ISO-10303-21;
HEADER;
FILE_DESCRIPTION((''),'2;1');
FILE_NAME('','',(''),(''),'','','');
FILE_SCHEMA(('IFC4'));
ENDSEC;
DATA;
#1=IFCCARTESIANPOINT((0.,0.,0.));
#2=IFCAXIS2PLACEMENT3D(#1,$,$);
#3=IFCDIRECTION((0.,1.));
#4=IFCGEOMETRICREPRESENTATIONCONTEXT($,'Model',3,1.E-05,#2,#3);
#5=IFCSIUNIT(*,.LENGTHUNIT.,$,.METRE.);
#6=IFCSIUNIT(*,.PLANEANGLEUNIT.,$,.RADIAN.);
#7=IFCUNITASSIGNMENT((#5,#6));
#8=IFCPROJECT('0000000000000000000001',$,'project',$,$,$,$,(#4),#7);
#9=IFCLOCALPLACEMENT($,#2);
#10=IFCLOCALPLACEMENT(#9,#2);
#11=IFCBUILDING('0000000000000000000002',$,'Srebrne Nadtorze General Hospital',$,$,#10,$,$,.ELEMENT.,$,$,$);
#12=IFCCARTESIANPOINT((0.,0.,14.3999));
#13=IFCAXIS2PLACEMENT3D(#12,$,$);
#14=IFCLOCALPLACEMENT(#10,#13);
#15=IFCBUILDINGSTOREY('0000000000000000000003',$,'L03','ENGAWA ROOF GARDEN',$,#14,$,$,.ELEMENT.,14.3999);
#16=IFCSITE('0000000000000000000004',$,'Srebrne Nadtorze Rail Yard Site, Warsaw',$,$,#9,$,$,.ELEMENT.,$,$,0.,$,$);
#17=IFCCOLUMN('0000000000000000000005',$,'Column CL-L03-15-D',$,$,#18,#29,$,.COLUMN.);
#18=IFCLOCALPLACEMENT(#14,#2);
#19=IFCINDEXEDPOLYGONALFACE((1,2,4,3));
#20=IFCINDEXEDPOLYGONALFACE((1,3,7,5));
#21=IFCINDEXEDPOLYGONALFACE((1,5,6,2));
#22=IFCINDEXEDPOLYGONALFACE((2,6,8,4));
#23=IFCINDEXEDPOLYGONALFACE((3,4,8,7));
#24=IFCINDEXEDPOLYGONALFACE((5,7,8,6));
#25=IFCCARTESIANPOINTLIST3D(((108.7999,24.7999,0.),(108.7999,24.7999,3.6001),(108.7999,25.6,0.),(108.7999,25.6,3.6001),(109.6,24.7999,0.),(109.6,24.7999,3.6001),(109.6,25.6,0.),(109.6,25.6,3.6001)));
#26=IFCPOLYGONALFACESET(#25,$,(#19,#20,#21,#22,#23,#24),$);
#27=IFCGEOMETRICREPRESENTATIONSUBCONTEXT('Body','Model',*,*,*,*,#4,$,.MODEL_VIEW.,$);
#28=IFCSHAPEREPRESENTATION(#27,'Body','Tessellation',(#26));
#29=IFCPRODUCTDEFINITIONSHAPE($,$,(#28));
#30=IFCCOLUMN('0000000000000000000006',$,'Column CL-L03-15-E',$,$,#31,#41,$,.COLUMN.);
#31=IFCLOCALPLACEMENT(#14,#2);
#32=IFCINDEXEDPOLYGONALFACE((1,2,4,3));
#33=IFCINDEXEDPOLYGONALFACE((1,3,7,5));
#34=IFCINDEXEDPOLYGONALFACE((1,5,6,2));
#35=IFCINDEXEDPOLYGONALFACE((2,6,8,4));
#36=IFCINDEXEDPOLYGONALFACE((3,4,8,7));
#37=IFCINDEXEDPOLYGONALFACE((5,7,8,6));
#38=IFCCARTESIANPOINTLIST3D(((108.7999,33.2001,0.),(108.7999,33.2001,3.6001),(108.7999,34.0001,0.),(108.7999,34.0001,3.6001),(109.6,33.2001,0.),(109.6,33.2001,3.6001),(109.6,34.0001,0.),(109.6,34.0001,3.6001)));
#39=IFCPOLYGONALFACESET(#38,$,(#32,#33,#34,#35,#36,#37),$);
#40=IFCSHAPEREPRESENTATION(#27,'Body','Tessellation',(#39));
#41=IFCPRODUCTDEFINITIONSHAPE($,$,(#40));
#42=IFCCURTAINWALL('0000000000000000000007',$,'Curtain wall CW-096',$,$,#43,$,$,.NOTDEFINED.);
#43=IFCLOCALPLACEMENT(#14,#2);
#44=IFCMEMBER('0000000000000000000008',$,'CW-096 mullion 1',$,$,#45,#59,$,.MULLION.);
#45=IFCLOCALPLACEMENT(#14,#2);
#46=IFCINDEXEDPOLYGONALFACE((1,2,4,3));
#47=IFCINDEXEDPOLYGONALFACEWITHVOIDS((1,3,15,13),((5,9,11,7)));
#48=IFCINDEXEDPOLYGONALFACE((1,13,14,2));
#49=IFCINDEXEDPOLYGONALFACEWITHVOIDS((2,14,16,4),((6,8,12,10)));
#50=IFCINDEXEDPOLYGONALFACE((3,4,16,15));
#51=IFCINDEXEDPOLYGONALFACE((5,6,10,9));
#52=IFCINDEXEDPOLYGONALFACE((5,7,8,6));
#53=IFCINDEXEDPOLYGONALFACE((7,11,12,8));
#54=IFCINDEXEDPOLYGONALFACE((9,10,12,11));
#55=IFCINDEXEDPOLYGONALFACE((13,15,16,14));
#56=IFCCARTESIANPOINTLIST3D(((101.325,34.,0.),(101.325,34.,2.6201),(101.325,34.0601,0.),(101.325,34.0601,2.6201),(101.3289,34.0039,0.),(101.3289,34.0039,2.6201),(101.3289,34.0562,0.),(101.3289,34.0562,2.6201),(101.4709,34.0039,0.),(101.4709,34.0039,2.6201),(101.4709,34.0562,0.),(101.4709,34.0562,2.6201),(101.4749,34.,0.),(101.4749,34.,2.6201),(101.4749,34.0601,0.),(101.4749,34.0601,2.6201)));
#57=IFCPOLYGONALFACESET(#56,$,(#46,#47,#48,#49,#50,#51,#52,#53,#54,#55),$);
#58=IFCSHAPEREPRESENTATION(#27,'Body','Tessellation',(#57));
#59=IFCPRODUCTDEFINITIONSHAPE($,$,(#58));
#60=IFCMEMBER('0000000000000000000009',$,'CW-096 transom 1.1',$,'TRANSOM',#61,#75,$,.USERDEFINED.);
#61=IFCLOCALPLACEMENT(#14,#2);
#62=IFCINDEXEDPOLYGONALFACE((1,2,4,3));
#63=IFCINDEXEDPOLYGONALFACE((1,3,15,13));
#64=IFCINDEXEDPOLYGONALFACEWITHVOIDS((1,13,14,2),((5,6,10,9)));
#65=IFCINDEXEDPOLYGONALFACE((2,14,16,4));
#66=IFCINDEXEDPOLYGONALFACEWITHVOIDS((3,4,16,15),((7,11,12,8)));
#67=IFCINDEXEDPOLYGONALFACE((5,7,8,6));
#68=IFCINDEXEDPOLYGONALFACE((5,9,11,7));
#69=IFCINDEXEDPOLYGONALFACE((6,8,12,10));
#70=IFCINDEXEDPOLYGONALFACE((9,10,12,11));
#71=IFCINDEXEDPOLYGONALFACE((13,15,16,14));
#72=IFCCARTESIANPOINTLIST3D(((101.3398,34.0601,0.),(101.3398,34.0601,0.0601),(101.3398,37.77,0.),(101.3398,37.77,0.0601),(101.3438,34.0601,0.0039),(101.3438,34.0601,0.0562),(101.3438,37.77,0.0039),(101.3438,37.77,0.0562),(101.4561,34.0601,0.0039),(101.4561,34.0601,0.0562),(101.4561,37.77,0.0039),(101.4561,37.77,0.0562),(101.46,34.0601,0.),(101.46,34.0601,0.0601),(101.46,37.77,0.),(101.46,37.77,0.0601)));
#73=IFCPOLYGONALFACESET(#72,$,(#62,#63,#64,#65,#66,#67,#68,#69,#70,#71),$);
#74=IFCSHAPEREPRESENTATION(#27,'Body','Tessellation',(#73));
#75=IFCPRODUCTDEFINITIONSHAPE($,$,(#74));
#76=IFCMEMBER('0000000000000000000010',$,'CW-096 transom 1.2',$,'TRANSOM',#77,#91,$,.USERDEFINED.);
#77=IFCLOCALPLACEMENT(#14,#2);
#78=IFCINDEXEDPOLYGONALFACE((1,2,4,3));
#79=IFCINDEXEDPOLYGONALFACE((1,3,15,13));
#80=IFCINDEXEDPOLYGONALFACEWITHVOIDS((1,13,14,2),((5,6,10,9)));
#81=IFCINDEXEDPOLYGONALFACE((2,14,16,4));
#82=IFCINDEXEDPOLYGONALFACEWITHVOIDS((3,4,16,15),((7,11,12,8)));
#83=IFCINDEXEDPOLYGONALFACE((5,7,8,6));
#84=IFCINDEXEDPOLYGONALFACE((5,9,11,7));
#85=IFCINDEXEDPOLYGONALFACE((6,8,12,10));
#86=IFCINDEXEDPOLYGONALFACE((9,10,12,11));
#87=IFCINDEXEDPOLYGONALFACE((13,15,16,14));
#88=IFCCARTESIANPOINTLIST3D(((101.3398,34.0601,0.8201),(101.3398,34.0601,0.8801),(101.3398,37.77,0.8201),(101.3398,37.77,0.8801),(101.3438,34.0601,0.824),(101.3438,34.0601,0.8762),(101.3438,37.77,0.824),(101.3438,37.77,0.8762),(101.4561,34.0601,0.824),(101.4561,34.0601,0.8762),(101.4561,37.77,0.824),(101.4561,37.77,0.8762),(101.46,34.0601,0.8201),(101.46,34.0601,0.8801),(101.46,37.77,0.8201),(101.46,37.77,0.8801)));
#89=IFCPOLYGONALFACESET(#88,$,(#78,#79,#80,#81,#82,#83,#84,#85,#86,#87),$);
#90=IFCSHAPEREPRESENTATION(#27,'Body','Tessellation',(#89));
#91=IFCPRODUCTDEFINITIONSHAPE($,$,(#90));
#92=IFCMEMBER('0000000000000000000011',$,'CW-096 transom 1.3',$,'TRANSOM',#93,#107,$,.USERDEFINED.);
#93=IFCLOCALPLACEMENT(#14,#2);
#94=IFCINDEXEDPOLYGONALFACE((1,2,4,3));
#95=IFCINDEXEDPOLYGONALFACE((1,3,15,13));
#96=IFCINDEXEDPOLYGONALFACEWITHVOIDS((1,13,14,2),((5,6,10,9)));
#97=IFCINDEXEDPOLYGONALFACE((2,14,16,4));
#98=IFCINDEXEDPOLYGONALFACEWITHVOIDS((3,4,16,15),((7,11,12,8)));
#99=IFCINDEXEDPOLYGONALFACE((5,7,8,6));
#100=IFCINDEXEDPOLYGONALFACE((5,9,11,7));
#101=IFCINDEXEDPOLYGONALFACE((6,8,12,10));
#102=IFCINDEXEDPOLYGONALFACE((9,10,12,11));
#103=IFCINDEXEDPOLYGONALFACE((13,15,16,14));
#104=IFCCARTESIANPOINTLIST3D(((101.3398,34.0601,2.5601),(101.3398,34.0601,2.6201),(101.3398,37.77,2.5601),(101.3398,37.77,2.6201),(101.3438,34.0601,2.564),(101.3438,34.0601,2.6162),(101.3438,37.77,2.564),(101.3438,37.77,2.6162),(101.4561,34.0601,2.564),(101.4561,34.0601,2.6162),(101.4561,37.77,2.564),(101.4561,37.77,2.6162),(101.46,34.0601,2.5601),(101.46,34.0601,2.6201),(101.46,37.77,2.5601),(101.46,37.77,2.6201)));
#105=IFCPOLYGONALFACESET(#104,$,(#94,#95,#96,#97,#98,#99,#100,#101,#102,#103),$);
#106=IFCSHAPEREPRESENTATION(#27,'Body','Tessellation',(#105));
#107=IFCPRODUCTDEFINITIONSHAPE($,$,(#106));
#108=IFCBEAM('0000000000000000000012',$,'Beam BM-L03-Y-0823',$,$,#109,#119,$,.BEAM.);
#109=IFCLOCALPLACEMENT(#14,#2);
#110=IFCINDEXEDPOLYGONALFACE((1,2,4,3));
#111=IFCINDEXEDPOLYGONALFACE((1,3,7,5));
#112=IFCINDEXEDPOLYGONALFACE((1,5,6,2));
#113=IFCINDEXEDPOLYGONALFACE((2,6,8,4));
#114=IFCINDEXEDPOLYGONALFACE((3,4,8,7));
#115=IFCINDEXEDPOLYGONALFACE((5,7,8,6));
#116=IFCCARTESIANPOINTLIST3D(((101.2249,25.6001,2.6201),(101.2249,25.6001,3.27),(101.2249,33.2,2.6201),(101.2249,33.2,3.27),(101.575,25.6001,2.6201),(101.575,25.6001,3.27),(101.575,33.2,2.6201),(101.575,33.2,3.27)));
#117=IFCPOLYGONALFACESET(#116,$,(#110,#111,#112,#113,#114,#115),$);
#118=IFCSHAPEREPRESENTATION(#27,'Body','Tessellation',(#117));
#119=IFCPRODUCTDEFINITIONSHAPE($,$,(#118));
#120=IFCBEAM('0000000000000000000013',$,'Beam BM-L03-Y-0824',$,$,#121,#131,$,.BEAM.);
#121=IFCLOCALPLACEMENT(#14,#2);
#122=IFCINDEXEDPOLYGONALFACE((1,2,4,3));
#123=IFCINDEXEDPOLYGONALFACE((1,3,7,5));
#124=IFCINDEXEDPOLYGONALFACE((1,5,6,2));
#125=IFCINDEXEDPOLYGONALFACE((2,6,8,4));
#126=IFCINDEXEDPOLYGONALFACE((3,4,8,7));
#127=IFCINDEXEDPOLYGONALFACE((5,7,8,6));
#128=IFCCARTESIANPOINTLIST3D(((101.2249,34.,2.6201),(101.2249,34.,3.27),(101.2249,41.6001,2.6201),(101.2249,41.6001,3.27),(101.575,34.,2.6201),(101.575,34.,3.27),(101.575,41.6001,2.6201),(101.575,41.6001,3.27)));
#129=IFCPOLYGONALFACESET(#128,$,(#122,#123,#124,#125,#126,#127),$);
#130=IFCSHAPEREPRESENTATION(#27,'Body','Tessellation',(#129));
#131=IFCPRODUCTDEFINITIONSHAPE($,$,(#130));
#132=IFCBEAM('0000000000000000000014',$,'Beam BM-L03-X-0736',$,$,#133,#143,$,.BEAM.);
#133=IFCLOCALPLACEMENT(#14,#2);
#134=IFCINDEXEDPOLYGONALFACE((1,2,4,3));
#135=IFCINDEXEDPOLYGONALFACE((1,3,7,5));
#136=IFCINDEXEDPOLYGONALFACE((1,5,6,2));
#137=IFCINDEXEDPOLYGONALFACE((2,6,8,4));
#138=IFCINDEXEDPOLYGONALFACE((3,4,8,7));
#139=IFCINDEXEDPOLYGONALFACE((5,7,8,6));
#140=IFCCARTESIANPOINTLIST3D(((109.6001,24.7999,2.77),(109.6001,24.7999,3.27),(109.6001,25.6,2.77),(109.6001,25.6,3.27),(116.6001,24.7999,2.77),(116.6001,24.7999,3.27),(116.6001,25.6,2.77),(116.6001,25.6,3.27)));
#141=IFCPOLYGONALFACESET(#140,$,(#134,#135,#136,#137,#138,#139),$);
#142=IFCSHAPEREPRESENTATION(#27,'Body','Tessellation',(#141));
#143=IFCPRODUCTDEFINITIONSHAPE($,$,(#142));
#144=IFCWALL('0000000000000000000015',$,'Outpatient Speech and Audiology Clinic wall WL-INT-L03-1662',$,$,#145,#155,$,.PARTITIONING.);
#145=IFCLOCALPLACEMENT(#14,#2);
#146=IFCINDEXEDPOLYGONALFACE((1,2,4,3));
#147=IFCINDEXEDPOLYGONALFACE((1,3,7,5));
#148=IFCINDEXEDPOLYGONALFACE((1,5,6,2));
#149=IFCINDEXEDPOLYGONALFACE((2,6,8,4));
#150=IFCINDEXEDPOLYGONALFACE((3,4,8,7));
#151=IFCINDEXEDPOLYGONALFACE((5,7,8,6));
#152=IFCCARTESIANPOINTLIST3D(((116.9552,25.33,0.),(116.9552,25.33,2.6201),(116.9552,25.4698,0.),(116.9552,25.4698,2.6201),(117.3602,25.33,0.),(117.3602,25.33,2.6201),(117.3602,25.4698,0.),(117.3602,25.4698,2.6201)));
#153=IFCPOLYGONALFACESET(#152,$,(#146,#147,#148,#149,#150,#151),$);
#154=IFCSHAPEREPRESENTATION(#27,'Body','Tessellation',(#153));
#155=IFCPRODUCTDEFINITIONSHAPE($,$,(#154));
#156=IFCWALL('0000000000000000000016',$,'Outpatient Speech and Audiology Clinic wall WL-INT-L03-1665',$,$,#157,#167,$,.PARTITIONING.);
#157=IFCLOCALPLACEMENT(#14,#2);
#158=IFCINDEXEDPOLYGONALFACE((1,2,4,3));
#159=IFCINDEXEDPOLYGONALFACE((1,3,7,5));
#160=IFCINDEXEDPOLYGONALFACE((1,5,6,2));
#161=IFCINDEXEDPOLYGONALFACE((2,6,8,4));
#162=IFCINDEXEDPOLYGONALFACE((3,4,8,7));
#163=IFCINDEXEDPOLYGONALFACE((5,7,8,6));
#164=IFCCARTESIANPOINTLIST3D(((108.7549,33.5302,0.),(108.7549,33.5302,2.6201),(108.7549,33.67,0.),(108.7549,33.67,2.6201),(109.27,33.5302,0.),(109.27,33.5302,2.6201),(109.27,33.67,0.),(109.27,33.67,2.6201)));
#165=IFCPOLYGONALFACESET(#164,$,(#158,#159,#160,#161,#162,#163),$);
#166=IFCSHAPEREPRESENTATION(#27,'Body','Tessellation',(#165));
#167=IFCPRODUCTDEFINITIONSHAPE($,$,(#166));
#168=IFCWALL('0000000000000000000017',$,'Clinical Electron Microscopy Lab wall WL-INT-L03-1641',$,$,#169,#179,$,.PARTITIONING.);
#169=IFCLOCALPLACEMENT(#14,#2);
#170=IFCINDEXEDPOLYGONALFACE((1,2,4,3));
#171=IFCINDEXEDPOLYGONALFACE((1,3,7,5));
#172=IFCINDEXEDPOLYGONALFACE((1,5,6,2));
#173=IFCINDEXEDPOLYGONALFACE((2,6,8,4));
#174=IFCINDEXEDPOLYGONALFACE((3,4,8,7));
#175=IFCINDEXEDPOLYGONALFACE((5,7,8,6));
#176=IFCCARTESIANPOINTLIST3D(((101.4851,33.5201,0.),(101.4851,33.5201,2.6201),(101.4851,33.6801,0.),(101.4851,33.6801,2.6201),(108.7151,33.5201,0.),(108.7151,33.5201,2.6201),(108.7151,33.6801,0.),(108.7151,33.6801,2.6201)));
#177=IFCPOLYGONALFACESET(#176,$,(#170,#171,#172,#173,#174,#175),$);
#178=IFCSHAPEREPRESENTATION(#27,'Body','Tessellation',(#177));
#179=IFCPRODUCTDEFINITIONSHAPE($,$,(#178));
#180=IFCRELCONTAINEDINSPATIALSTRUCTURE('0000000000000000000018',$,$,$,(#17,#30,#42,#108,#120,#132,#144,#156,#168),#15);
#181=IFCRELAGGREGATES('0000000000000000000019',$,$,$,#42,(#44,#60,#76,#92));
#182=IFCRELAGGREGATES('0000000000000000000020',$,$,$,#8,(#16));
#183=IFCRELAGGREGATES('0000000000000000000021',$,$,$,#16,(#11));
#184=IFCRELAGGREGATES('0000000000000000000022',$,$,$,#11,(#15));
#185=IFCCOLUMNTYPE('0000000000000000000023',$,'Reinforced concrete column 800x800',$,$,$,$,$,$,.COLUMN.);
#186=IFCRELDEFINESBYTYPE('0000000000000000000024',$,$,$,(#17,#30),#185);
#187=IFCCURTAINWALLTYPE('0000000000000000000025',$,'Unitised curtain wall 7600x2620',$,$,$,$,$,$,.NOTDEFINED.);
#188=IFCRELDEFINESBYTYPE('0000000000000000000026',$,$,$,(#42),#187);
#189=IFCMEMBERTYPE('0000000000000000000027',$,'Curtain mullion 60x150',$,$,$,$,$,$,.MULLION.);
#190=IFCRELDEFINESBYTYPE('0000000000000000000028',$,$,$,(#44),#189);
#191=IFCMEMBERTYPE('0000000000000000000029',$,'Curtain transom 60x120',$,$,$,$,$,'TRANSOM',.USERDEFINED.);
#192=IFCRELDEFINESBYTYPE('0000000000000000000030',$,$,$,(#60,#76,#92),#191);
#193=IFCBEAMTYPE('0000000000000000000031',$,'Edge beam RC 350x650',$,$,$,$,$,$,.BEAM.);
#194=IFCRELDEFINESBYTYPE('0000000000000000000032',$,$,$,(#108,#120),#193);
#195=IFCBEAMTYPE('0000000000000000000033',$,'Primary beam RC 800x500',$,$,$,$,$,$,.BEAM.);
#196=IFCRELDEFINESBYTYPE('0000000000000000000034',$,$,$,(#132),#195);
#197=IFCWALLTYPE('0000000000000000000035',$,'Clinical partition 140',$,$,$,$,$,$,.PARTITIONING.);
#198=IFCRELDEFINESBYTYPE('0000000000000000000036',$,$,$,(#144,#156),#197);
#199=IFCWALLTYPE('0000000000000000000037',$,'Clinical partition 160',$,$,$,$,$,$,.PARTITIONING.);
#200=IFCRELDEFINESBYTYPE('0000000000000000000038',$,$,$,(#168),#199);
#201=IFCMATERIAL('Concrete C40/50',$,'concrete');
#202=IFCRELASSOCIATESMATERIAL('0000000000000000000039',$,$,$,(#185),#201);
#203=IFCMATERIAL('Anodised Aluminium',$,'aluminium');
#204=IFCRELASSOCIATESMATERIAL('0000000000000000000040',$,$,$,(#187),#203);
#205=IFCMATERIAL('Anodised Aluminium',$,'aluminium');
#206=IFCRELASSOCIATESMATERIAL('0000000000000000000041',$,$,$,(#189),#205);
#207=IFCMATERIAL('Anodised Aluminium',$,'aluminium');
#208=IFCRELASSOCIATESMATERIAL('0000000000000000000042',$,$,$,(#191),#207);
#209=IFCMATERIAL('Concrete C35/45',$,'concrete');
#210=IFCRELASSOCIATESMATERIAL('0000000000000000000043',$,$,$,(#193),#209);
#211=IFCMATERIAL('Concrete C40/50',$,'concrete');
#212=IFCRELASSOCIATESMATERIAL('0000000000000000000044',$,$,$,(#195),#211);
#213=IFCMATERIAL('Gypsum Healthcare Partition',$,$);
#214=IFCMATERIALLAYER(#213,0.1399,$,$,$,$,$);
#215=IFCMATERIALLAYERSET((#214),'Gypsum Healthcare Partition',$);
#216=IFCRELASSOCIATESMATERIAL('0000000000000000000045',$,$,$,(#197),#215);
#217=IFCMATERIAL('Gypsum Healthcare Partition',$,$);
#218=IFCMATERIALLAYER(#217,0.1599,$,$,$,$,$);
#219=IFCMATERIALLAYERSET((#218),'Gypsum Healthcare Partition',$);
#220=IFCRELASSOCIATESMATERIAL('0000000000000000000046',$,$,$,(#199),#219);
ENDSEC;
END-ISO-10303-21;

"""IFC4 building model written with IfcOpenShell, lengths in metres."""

from ifc_helpers import new_model, si_unit, direction, frame, frame_2d, origin, origin_2d, place, context, subcontext, project, spatial, rectangle, hollow_rectangle, extrude, material, layer, layer_set, material_profile, profile_set, type_object, element, aggregate, save


model = new_model("IFC4")

# Units and contexts
model_context = context("Model", 3, precision=1e-05, world=origin(), true_north=direction((0.0, 1.0)))
body_context = subcontext(model_context, "Body", "Model", "MODEL_VIEW")
ifc_project = project(units=[si_unit("LENGTHUNIT", "METRE"), si_unit("PLANEANGLEUNIT", "RADIAN")], contexts=[model_context])

# Site, building, storey
site_placement = place(None, origin())
site = spatial("IfcSite", under=ifc_project, at=site_placement, Name="Srebrne Nadtorze Rail Yard Site, Warsaw", CompositionType="ELEMENT", RefElevation=0.0)
building_placement = place(site_placement, origin())
building = spatial("IfcBuilding", under=site, at=building_placement, Name="Srebrne Nadtorze General Hospital", CompositionType="ELEMENT")
storey_placement = place(building_placement, frame((0.0, 0.0, 14.3999)))
storey = spatial("IfcBuildingStorey", under=building, at=storey_placement, Name="L03", Description="ENGAWA ROOF GARDEN", CompositionType="ELEMENT", Elevation=14.3999)

# Columns
ifc_material_1 = material(Name="Concrete C40/50", Category="concrete")
ifc_material_profile_1 = material_profile(ifc_material_1, rectangle(XDim=0.8, YDim=0.8, at=origin_2d()), Name="RC-COL-800x800")
ifc_profile_set_1 = profile_set([ifc_material_profile_1], Name="Concrete C40/50")
column_type = type_object("IfcColumnType", Name="Reinforced concrete column 800x800", PredefinedType="COLUMN", material=ifc_profile_set_1)
for number, where, z_axis, x_axis, name in (
    (1, (109.2, 25.2, 0.0), (0.0, 0.0, 1.0), (1.0, 0.0, 0.0), "Column CL-L03-15-D"),
    (2, (109.2, 33.6001, 0.0), (0.0, 0.0, 1.0), (1.0, 0.0, 0.0), "Column CL-L03-15-E"),
):
    element("IfcColumn", number, at=place(storey_placement, frame(where, z_axis=z_axis, x_axis=x_axis)), inside=storey, type_object=column_type, Name=name, PredefinedType="COLUMN", context=body_context, shape_type="SweptSolid", body=[
        extrude(rectangle(XDim=0.8, YDim=0.8, at=origin_2d()), origin(), (0.0, 0.0, 1.0), 3.6001),
    ])

# Curtain wall, members
ifc_material_2 = material(Name="Anodised Aluminium", Category="aluminium")
curtain_wall_type = type_object("IfcCurtainWallType", Name="Unitised curtain wall 7600x2620", PredefinedType="NOTDEFINED", material=ifc_material_2)
curtain_wall_placement = place(storey_placement, origin())
curtain_wall = element("IfcCurtainWall", 3, at=curtain_wall_placement, inside=storey, type_object=curtain_wall_type, Name="Curtain wall CW-096", PredefinedType="NOTDEFINED")
ifc_material_3 = material(Name="Anodised Aluminium", Category="aluminium")
ifc_material_profile_2 = material_profile(ifc_material_3, hollow_rectangle(XDim=0.0601, YDim=0.1499, WallThickness=0.0039, at=origin_2d()), Name="AL-MUL-60x150")
ifc_profile_set_2 = profile_set([ifc_material_profile_2], Name="Anodised Aluminium")
member_type_1 = type_object("IfcMemberType", Name="Curtain mullion 60x150", PredefinedType="MULLION", material=ifc_profile_set_2)
member_1_placement = place(storey_placement, frame((101.3999, 34.03, 0.0), z_axis=(0.0, 0.0, 1.0), x_axis=(0.0, 1.0, 0.0)))
member_1 = element("IfcMember", 4, at=member_1_placement, type_object=member_type_1, Name="CW-096 mullion 1", PredefinedType="MULLION", context=body_context, shape_type="SweptSolid", body=[
    extrude(hollow_rectangle(XDim=0.0601, YDim=0.1499, WallThickness=0.0039, at=origin_2d()), origin(), (0.0, 0.0, 1.0), 2.6201),
])
ifc_material_4 = material(Name="Anodised Aluminium", Category="aluminium")
ifc_material_profile_3 = material_profile(ifc_material_4, hollow_rectangle(XDim=0.0601, YDim=0.1201, WallThickness=0.0039, at=origin_2d()), Name="AL-TRN-60x120")
ifc_profile_set_3 = profile_set([ifc_material_profile_3], Name="Anodised Aluminium")
member_type_2 = type_object("IfcMemberType", Name="Curtain transom 60x120", ElementType="TRANSOM", PredefinedType="USERDEFINED", material=ifc_profile_set_3)
member_2_placement = place(storey_placement, frame((101.3999, 34.0601, 0.03), z_axis=(0.0, 1.0, 0.0), x_axis=(0.0, 0.0, 1.0)))
member_2 = element("IfcMember", 5, at=member_2_placement, type_object=member_type_2, Name="CW-096 transom 1.1", ObjectType="TRANSOM", PredefinedType="USERDEFINED", context=body_context, shape_type="SweptSolid", body=[
    extrude(hollow_rectangle(XDim=0.0601, YDim=0.1201, WallThickness=0.0039, at=origin_2d()), origin(), (0.0, 0.0, 1.0), 3.71),
])
member_3_placement = place(storey_placement, frame((101.3999, 34.0601, 0.8501), z_axis=(0.0, 1.0, 0.0), x_axis=(0.0, 0.0, 1.0)))
member_3 = element("IfcMember", 6, at=member_3_placement, type_object=member_type_2, Name="CW-096 transom 1.2", ObjectType="TRANSOM", PredefinedType="USERDEFINED", context=body_context, shape_type="SweptSolid", body=[
    extrude(hollow_rectangle(XDim=0.0601, YDim=0.1201, WallThickness=0.0039, at=origin_2d()), origin(), (0.0, 0.0, 1.0), 3.71),
])
member_4_placement = place(storey_placement, frame((101.3999, 34.0601, 2.5901), z_axis=(0.0, 1.0, 0.0), x_axis=(0.0, 0.0, 1.0)))
member_4 = element("IfcMember", 7, at=member_4_placement, type_object=member_type_2, Name="CW-096 transom 1.3", ObjectType="TRANSOM", PredefinedType="USERDEFINED", context=body_context, shape_type="SweptSolid", body=[
    extrude(hollow_rectangle(XDim=0.0601, YDim=0.1201, WallThickness=0.0039, at=origin_2d()), origin(), (0.0, 0.0, 1.0), 3.71),
])
aggregate(curtain_wall, [member_1, member_2, member_3, member_4])

# Beams
ifc_material_5 = material(Name="Concrete C35/45", Category="concrete")
ifc_material_profile_4 = material_profile(ifc_material_5, rectangle(XDim=0.3501, YDim=0.6499, at=origin_2d()), Name="RC-BM-350x650")
ifc_profile_set_4 = profile_set([ifc_material_profile_4], Name="Concrete C35/45")
beam_type_1 = type_object("IfcBeamType", Name="Edge beam RC 350x650", PredefinedType="BEAM", material=ifc_profile_set_4)
beam_1_placement = place(storey_placement, frame((101.3999, 25.6001, 2.9451), z_axis=(0.0, 1.0, 0.0), x_axis=(-1.0, 0.0, 0.0)))
element("IfcBeam", 8, at=beam_1_placement, inside=storey, type_object=beam_type_1, Name="Beam BM-L03-Y-0823", PredefinedType="BEAM", context=body_context, shape_type="SweptSolid", body=[
    extrude(rectangle(XDim=0.3501, YDim=0.6499, at=origin_2d()), origin(), (0.0, 0.0, 1.0), 7.5999),
])
beam_2_placement = place(storey_placement, frame((101.3999, 34.0, 2.9451), z_axis=(0.0, 1.0, 0.0), x_axis=(-1.0, 0.0, 0.0)))
element("IfcBeam", 9, at=beam_2_placement, inside=storey, type_object=beam_type_1, Name="Beam BM-L03-Y-0824", PredefinedType="BEAM", context=body_context, shape_type="SweptSolid", body=[
    extrude(rectangle(XDim=0.3501, YDim=0.6499, at=origin_2d()), origin(), (0.0, 0.0, 1.0), 7.6001),
])
ifc_material_6 = material(Name="Concrete C40/50", Category="concrete")
ifc_material_profile_5 = material_profile(ifc_material_6, rectangle(XDim=0.8, YDim=0.5, at=origin_2d()), Name="RC-BM-800x500")
ifc_profile_set_5 = profile_set([ifc_material_profile_5], Name="Concrete C40/50")
beam_type_2 = type_object("IfcBeamType", Name="Primary beam RC 800x500", PredefinedType="BEAM", material=ifc_profile_set_5)
beam_3_placement = place(storey_placement, frame((109.6001, 25.2, 3.02), z_axis=(1.0, 0.0, 0.0), x_axis=(0.0, 1.0, 0.0)))
element("IfcBeam", 10, at=beam_3_placement, inside=storey, type_object=beam_type_2, Name="Beam BM-L03-X-0736", PredefinedType="BEAM", context=body_context, shape_type="SweptSolid", body=[
    extrude(rectangle(XDim=0.8, YDim=0.5, at=origin_2d()), origin(), (0.0, 0.0, 1.0), 7.0),
])

# Walls
ifc_material_7 = material(Name="Gypsum Healthcare Partition")
ifc_layer_1 = layer(ifc_material_7, 0.1399)
ifc_layer_set_1 = layer_set([ifc_layer_1], Name="Gypsum Healthcare Partition")
wall_type_1 = type_object("IfcWallType", Name="Clinical partition 140", PredefinedType="PARTITIONING", material=ifc_layer_set_1)
wall_1_placement = place(storey_placement, frame((116.9551, 25.3999, 0.0), z_axis=(0.0, 0.0, 1.0), x_axis=(1.0, 0.0, 0.0)))
element("IfcWall", 11, at=wall_1_placement, inside=storey, type_object=wall_type_1, Name="Outpatient Speech and Audiology Clinic wall WL-INT-L03-1662", PredefinedType="PARTITIONING", context=body_context, shape_type="SweptSolid", body=[
    extrude(rectangle(XDim=0.405, YDim=0.1399, at=frame_2d((0.2026, 0.0))), origin(), (0.0, 0.0, 1.0), 2.6201),
])
wall_2_placement = place(storey_placement, frame((108.7549, 33.6001, 0.0), z_axis=(0.0, 0.0, 1.0), x_axis=(1.0, 0.0, 0.0)))
element("IfcWall", 12, at=wall_2_placement, inside=storey, type_object=wall_type_1, Name="Outpatient Speech and Audiology Clinic wall WL-INT-L03-1665", PredefinedType="PARTITIONING", context=body_context, shape_type="SweptSolid", body=[
    extrude(rectangle(XDim=0.5151, YDim=0.1399, at=frame_2d((0.2576, 0.0))), origin(), (0.0, 0.0, 1.0), 2.6201),
])
ifc_material_8 = material(Name="Gypsum Healthcare Partition")
ifc_layer_2 = layer(ifc_material_8, 0.1599)
ifc_layer_set_2 = layer_set([ifc_layer_2], Name="Gypsum Healthcare Partition")
wall_type_2 = type_object("IfcWallType", Name="Clinical partition 160", PredefinedType="PARTITIONING", material=ifc_layer_set_2)
wall_3_placement = place(storey_placement, frame((101.4851, 33.6001, 0.0), z_axis=(0.0, 0.0, 1.0), x_axis=(1.0, 0.0, 0.0)))
element("IfcWall", 13, at=wall_3_placement, inside=storey, type_object=wall_type_2, Name="Clinical Electron Microscopy Lab wall WL-INT-L03-1641", PredefinedType="PARTITIONING", context=body_context, shape_type="SweptSolid", body=[
    extrude(rectangle(XDim=7.23, YDim=0.1599, at=frame_2d((3.615, 0.0))), origin(), (0.0, 0.0, 1.0), 2.6201),
])

save(model, "model.ifc")
